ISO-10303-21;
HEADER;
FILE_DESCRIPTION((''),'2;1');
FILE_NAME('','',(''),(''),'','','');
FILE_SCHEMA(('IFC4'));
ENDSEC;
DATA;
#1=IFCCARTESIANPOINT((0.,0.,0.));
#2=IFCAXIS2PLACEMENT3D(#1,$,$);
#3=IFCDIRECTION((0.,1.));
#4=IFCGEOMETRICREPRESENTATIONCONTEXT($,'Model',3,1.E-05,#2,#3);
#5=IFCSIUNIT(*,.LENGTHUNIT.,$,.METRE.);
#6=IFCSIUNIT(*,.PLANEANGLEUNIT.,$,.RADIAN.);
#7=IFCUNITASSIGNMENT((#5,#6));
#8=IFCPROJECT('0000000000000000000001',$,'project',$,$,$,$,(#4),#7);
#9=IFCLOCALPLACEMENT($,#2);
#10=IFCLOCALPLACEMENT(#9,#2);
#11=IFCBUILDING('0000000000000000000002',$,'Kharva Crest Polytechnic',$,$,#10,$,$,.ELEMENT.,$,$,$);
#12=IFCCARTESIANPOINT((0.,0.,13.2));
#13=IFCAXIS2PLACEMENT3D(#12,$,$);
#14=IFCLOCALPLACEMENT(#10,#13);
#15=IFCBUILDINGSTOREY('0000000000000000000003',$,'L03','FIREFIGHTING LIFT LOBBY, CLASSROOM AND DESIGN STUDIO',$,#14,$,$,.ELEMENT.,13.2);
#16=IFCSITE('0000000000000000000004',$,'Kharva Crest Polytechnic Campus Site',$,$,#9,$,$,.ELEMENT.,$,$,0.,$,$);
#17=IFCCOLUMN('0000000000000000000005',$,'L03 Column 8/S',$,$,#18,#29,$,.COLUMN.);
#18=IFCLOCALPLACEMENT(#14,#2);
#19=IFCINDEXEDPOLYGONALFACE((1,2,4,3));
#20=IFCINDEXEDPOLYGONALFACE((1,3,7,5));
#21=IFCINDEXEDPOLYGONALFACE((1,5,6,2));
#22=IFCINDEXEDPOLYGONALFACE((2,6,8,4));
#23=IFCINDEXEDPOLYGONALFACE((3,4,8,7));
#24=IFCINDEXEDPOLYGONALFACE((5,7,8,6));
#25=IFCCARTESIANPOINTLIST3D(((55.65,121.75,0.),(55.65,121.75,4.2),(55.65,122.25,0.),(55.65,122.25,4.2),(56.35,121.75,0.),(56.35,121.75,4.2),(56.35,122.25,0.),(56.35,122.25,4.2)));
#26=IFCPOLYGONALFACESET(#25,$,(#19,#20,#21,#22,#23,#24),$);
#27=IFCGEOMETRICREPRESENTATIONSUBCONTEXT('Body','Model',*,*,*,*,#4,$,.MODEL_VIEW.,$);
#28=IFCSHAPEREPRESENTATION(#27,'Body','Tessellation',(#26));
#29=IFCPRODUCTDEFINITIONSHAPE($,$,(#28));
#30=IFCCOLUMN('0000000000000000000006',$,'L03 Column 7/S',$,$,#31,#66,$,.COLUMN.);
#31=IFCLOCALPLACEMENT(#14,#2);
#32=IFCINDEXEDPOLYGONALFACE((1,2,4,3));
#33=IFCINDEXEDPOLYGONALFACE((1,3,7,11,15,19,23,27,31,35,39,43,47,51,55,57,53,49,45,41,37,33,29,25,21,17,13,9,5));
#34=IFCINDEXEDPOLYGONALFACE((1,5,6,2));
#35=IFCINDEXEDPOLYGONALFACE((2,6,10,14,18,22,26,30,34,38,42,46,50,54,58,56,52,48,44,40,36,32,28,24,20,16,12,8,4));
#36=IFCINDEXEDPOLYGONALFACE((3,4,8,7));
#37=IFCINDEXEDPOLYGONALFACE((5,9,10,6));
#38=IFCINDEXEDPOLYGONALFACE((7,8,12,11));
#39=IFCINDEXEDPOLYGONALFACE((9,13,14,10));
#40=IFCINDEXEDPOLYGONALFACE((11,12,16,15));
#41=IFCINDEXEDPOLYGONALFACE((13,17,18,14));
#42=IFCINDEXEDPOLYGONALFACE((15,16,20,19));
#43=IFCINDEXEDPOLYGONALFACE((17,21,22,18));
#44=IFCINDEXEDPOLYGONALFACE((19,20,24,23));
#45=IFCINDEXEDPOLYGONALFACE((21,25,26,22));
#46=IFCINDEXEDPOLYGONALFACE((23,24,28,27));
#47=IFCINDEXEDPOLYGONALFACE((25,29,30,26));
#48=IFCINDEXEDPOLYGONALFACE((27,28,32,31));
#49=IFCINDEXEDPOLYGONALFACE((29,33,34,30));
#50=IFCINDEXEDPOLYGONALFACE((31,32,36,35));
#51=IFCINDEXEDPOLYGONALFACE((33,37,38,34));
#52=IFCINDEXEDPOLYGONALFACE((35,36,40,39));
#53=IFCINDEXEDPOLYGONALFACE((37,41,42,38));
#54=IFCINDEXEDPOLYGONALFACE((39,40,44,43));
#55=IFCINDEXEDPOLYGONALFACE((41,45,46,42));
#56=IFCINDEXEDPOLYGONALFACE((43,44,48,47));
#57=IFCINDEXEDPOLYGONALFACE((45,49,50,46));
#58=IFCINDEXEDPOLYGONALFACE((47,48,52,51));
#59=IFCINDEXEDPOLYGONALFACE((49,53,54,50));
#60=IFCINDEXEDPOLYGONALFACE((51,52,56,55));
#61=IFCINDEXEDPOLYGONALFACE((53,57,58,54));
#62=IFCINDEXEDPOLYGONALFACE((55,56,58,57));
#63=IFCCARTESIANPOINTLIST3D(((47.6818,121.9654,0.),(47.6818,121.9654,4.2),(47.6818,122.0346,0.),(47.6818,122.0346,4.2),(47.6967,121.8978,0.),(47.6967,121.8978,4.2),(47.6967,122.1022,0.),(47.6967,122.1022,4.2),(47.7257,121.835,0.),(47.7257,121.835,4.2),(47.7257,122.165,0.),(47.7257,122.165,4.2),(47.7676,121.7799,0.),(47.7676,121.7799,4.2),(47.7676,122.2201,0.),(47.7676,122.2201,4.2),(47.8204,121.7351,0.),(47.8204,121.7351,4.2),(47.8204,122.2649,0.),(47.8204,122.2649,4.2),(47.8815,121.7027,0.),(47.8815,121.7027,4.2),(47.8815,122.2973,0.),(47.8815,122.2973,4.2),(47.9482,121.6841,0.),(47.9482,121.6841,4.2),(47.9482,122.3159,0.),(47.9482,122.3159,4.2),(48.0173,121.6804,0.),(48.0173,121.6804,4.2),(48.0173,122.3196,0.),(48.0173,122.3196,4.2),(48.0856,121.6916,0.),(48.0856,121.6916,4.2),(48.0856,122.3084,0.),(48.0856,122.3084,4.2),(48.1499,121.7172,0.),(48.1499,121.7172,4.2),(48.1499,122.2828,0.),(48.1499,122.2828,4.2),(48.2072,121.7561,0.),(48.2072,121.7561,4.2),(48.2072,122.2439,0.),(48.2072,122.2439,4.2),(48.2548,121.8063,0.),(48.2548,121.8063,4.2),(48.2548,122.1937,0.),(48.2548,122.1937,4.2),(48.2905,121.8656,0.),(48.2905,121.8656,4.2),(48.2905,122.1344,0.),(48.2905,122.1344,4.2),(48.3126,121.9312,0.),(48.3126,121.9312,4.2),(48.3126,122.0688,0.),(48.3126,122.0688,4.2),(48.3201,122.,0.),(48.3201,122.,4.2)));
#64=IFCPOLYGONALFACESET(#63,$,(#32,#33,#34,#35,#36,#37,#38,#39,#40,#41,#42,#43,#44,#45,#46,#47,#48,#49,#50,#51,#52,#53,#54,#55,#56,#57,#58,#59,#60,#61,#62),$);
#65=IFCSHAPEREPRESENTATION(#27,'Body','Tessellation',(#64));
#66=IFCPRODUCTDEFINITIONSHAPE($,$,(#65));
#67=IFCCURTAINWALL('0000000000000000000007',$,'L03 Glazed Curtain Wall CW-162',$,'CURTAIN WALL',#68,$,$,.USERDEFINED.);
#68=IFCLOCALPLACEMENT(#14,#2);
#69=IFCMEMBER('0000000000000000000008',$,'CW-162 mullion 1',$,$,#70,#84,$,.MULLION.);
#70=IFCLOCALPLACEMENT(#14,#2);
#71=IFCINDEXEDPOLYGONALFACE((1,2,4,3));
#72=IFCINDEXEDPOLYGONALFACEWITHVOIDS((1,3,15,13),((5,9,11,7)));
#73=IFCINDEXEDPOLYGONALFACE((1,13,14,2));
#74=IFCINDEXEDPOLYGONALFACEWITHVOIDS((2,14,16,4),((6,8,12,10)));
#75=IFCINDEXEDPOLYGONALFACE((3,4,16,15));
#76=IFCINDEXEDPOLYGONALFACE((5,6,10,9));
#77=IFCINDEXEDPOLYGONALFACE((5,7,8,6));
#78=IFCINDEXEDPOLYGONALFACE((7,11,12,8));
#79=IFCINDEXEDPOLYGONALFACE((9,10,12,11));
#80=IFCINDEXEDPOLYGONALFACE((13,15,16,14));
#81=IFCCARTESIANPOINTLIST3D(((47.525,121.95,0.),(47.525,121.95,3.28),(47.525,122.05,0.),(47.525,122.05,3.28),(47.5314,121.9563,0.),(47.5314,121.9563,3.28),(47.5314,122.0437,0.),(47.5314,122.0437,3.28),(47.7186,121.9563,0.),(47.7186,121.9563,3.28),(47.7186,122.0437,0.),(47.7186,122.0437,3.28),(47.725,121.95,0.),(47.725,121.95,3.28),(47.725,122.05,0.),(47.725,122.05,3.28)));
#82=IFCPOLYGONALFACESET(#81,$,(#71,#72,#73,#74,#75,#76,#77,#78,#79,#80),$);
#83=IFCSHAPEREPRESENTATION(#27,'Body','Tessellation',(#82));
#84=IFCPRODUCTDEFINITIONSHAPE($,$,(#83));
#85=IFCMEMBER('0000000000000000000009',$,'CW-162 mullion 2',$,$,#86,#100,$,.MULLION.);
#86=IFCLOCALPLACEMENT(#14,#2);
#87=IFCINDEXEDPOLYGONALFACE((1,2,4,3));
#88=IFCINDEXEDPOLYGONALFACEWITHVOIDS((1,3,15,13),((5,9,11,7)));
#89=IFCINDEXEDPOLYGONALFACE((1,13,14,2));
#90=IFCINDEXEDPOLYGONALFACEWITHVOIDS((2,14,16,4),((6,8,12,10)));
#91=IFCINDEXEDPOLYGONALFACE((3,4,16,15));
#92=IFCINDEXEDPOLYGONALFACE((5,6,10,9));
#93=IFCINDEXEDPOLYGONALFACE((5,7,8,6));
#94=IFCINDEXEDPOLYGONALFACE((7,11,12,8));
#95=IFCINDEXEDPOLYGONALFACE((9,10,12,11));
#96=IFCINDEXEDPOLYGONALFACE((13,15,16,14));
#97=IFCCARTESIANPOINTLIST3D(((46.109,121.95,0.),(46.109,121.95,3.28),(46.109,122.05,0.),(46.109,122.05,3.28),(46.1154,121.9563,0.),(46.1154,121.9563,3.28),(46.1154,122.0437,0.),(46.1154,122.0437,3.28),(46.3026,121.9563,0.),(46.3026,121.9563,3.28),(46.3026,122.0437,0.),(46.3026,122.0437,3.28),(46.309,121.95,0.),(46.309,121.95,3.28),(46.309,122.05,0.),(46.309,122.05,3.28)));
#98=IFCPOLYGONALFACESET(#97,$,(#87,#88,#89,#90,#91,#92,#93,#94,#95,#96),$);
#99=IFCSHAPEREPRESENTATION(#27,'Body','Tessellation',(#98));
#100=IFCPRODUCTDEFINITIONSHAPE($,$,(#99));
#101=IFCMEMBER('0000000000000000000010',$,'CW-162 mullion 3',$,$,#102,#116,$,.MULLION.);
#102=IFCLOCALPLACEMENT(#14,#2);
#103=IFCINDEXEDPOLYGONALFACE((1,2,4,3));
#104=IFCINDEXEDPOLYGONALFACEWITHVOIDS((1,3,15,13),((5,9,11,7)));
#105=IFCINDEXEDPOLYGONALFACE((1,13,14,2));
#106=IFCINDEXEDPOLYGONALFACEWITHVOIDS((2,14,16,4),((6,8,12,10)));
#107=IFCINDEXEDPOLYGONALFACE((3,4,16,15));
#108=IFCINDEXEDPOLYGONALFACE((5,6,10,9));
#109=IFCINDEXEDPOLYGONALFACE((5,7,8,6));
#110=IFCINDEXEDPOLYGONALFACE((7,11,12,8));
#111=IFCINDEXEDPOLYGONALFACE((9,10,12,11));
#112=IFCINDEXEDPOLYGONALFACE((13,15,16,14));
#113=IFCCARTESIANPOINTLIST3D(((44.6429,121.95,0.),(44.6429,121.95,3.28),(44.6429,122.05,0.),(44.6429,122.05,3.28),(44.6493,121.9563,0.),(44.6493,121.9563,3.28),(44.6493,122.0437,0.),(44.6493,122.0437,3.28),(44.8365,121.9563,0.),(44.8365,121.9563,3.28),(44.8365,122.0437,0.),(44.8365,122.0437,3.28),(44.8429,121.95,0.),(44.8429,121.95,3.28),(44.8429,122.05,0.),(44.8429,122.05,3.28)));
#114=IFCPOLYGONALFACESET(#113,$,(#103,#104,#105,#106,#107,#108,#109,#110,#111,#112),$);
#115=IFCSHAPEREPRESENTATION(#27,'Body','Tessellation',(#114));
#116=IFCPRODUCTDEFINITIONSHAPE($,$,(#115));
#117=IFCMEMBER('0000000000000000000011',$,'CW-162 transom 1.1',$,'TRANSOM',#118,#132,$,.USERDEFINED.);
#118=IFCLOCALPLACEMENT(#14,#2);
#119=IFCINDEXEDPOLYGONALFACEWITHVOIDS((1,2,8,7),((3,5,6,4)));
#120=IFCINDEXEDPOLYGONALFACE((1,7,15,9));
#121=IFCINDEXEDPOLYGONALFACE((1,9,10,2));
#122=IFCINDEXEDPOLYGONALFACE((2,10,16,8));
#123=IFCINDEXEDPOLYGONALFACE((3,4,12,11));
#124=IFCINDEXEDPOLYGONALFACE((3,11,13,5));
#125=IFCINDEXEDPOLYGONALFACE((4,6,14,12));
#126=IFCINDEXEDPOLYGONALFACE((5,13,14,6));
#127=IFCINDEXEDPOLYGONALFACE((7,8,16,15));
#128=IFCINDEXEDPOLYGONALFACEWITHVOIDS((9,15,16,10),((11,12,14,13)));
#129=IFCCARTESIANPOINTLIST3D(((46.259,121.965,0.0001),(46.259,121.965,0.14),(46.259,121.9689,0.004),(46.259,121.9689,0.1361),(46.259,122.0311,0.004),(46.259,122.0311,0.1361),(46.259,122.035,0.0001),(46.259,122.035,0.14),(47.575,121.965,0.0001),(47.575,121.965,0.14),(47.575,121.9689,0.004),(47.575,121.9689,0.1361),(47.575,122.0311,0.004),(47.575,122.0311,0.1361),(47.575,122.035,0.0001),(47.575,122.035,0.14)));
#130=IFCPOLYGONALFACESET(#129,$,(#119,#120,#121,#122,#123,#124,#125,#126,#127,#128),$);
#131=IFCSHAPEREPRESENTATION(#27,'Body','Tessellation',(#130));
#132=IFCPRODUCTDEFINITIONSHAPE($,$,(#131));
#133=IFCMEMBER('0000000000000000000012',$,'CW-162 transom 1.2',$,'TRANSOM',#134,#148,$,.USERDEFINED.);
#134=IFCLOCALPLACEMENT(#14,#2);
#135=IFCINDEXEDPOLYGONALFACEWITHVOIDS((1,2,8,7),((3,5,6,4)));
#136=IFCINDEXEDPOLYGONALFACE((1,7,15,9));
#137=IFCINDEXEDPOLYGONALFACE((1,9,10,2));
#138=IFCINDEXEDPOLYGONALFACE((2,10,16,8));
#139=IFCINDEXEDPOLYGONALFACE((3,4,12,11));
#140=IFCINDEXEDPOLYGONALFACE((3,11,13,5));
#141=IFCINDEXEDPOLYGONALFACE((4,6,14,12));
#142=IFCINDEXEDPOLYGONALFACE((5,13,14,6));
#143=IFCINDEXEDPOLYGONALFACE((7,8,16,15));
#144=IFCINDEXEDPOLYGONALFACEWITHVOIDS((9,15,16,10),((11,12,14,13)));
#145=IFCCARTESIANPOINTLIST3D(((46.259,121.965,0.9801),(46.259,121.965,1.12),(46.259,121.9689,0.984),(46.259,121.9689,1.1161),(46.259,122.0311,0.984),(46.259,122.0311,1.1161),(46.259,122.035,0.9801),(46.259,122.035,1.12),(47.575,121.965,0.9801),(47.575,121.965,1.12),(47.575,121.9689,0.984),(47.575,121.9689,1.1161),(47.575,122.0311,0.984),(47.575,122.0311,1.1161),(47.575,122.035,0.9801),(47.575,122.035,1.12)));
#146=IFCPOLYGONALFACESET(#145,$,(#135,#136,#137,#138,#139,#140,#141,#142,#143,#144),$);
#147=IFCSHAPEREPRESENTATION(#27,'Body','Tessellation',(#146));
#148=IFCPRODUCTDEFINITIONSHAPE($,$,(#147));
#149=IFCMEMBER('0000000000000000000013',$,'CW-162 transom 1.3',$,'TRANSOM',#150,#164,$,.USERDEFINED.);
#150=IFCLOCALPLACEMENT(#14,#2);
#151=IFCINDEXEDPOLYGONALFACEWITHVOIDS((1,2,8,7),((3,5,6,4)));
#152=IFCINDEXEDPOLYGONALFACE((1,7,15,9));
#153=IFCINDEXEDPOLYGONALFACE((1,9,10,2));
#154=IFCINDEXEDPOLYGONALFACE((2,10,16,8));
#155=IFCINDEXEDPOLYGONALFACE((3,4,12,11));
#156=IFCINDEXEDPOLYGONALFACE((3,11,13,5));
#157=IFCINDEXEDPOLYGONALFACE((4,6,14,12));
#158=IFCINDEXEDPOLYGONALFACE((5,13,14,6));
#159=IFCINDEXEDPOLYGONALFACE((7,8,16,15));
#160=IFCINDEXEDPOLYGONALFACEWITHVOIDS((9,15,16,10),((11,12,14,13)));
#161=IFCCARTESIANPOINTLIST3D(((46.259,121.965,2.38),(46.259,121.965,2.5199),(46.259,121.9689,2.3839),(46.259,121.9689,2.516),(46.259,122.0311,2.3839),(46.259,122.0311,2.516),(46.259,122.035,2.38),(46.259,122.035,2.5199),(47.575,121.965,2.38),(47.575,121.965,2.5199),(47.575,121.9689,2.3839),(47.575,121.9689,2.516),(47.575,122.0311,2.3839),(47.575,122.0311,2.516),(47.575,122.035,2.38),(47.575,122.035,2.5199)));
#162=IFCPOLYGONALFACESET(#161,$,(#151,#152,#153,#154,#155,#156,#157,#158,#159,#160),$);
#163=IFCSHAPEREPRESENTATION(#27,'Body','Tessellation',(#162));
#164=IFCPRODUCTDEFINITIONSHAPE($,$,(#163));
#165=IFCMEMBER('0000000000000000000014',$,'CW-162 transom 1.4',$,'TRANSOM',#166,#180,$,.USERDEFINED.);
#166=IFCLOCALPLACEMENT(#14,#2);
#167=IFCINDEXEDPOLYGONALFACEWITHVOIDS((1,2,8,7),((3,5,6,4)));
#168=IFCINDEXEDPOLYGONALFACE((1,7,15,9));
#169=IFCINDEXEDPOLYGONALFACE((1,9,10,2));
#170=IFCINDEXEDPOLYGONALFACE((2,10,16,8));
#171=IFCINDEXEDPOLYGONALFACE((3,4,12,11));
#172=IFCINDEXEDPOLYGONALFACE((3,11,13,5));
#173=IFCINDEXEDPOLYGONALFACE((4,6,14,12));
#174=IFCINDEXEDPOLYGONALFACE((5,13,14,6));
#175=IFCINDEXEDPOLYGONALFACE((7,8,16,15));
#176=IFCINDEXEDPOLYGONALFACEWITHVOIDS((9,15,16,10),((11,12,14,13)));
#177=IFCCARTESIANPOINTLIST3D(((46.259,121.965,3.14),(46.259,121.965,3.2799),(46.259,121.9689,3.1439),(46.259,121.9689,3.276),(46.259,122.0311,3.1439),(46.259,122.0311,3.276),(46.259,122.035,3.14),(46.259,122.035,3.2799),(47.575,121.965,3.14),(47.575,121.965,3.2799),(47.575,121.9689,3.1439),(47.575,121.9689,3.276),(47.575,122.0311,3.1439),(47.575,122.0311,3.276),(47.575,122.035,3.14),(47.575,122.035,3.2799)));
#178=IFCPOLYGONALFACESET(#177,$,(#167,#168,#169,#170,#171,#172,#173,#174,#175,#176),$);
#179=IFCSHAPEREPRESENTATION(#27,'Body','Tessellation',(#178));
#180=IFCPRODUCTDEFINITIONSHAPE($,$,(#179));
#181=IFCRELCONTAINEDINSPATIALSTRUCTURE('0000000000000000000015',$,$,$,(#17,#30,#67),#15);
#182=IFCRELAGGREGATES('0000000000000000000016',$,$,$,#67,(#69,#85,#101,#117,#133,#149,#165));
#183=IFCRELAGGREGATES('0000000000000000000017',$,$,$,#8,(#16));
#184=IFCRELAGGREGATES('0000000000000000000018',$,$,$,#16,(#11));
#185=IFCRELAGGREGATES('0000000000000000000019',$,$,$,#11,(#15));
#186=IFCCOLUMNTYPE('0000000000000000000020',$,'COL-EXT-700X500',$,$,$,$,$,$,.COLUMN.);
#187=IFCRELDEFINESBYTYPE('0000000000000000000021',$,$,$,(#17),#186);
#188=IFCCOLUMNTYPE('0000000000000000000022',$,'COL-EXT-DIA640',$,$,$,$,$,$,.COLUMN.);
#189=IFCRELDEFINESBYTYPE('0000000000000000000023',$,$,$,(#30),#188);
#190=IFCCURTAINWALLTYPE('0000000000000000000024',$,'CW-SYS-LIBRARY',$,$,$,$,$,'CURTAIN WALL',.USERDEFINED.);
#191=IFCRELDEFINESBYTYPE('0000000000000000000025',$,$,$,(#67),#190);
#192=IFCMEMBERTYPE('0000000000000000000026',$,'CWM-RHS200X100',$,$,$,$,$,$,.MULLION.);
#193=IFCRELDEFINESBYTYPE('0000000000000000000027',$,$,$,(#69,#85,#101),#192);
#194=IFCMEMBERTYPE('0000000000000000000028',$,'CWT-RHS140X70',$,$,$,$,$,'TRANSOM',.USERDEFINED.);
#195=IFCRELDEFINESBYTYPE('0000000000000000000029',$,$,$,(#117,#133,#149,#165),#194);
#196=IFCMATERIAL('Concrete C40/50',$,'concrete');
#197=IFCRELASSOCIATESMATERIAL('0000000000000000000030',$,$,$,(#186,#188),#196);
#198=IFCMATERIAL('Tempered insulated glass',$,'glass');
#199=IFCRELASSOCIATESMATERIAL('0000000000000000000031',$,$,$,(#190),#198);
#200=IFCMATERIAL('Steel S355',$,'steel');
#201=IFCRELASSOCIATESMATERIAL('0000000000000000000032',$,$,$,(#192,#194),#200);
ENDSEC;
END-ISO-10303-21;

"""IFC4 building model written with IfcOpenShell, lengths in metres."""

from ifc_helpers import new_model, si_unit, direction, frame, origin, origin_2d, place, context, subcontext, project, spatial, rectangle, hollow_rectangle, circle, extrude, material, material_profile, profile_set, type_object, element, aggregate, save


model = new_model("IFC4")

# Units and contexts
model_context = context("Model", 3, precision=1e-05, world=origin(), true_north=direction((0.0, 1.0)))
body_context = subcontext(model_context, "Body", "Model", "MODEL_VIEW")
ifc_project = project(units=[si_unit("LENGTHUNIT", "METRE"), si_unit("PLANEANGLEUNIT", "RADIAN")], contexts=[model_context])

# Site, building, storey
site_placement = place(None, origin())
site = spatial("IfcSite", under=ifc_project, at=site_placement, Name="Kharva Crest Polytechnic Campus Site", CompositionType="ELEMENT", RefElevation=0.0)
building_placement = place(site_placement, origin())
building = spatial("IfcBuilding", under=site, at=building_placement, Name="Kharva Crest Polytechnic", CompositionType="ELEMENT")
storey_placement = place(building_placement, frame((0.0, 0.0, 13.2)))
storey = spatial("IfcBuildingStorey", under=building, at=storey_placement, Name="L03", Description="FIREFIGHTING LIFT LOBBY, CLASSROOM AND DESIGN STUDIO", CompositionType="ELEMENT", Elevation=13.2)

# Columns
ifc_material_1 = material(Name="Concrete C40/50", Category="concrete")
ifc_material_profile_1 = material_profile(ifc_material_1, rectangle(XDim=0.7, YDim=0.5, at=origin_2d()), Name="RECT 700 X 500")
ifc_profile_set_1 = profile_set([ifc_material_profile_1], Name="Concrete C40/50")
column_type_1 = type_object("IfcColumnType", Name="COL-EXT-700X500", PredefinedType="COLUMN", material=ifc_profile_set_1)
column_1_placement = place(storey_placement, frame((56.0, 122.0, 0.0), z_axis=(0.0, 0.0, 1.0), x_axis=(1.0, 0.0, 0.0)))
element("IfcColumn", 1, at=column_1_placement, inside=storey, type_object=column_type_1, Name="L03 Column 8/S", PredefinedType="COLUMN", context=body_context, shape_type="SweptSolid", body=[
    extrude(rectangle(XDim=0.7, YDim=0.5, at=origin_2d()), origin(), (0.0, 0.0, 1.0), 4.2),
])
ifc_material_profile_2 = material_profile(ifc_material_1, circle(Radius=0.3201, at=origin_2d()), Name="DIA 640")
ifc_profile_set_2 = profile_set([ifc_material_profile_2], Name="Concrete C40/50")
column_type_2 = type_object("IfcColumnType", Name="COL-EXT-DIA640", PredefinedType="COLUMN", material=ifc_profile_set_2)
column_2_placement = place(storey_placement, frame((48.0, 122.0, 0.0), z_axis=(0.0, 0.0, 1.0), x_axis=(1.0, 0.0, 0.0)))
element("IfcColumn", 2, at=column_2_placement, inside=storey, type_object=column_type_2, Name="L03 Column 7/S", PredefinedType="COLUMN", context=body_context, shape_type="SweptSolid", body=[
    extrude(circle(Radius=0.3201, at=origin_2d()), origin(), (0.0, 0.0, 1.0), 4.2),
])

# Curtain wall, members
ifc_material_2 = material(Name="Tempered insulated glass", Category="glass")
curtain_wall_type = type_object("IfcCurtainWallType", Name="CW-SYS-LIBRARY", ElementType="CURTAIN WALL", PredefinedType="USERDEFINED", material=ifc_material_2)
curtain_wall_placement = place(storey_placement, origin())
curtain_wall = element("IfcCurtainWall", 3, at=curtain_wall_placement, inside=storey, type_object=curtain_wall_type, Name="L03 Glazed Curtain Wall CW-162", ObjectType="CURTAIN WALL", PredefinedType="USERDEFINED")
ifc_material_3 = material(Name="Steel S355", Category="steel")
ifc_material_profile_3 = material_profile(ifc_material_3, hollow_rectangle(XDim=0.1001, YDim=0.2, WallThickness=0.0063, at=origin_2d()), Name="RHS 200X100X6.3")
ifc_profile_set_3 = profile_set([ifc_material_profile_3], Name="Steel S355")
member_type_1 = type_object("IfcMemberType", Name="CWM-RHS200X100", PredefinedType="MULLION", material=ifc_profile_set_3)
member_1_placement = place(storey_placement, frame((47.625, 122.0, 0.0), z_axis=(0.0, 0.0, 1.0), x_axis=(0.0, -1.0, 0.0)))
member_1 = element("IfcMember", 4, at=member_1_placement, type_object=member_type_1, Name="CW-162 mullion 1", PredefinedType="MULLION", context=body_context, shape_type="SweptSolid", body=[
    extrude(hollow_rectangle(XDim=0.1001, YDim=0.2, WallThickness=0.0063, at=origin_2d()), origin(), (0.0, 0.0, 1.0), 3.28),
])
member_2_placement = place(storey_placement, frame((46.209, 122.0, 0.0), z_axis=(0.0, 0.0, 1.0), x_axis=(0.0, -1.0, 0.0)))
member_2 = element("IfcMember", 5, at=member_2_placement, type_object=member_type_1, Name="CW-162 mullion 2", PredefinedType="MULLION", context=body_context, shape_type="SweptSolid", body=[
    extrude(hollow_rectangle(XDim=0.1001, YDim=0.2, WallThickness=0.0063, at=origin_2d()), origin(), (0.0, 0.0, 1.0), 3.28),
])
member_3_placement = place(storey_placement, frame((44.7429, 122.0, 0.0), z_axis=(0.0, 0.0, 1.0), x_axis=(0.0, -1.0, 0.0)))
member_3 = element("IfcMember", 6, at=member_3_placement, type_object=member_type_1, Name="CW-162 mullion 3", PredefinedType="MULLION", context=body_context, shape_type="SweptSolid", body=[
    extrude(hollow_rectangle(XDim=0.1001, YDim=0.2, WallThickness=0.0063, at=origin_2d()), origin(), (0.0, 0.0, 1.0), 3.28),
])
ifc_material_profile_4 = material_profile(ifc_material_3, hollow_rectangle(XDim=0.0701, YDim=0.1399, WallThickness=0.0039, at=origin_2d()), Name="RHS 140X70X4.0")
ifc_profile_set_4 = profile_set([ifc_material_profile_4], Name="Steel S355")
member_type_2 = type_object("IfcMemberType", Name="CWT-RHS140X70", ElementType="TRANSOM", PredefinedType="USERDEFINED", material=ifc_profile_set_4)
member_4_placement = place(storey_placement, frame((47.575, 122.0, 0.0701), z_axis=(-1.0, 0.0, 0.0), x_axis=(0.0, -1.0, 0.0)))
member_4 = element("IfcMember", 7, at=member_4_placement, type_object=member_type_2, Name="CW-162 transom 1.1", ObjectType="TRANSOM", PredefinedType="USERDEFINED", context=body_context, shape_type="SweptSolid", body=[
    extrude(hollow_rectangle(XDim=0.0701, YDim=0.1399, WallThickness=0.0039, at=origin_2d()), origin(), (0.0, 0.0, 1.0), 1.3159),
])
member_5_placement = place(storey_placement, frame((47.575, 122.0, 1.05), z_axis=(-1.0, 0.0, 0.0), x_axis=(0.0, -1.0, 0.0)))
member_5 = element("IfcMember", 8, at=member_5_placement, type_object=member_type_2, Name="CW-162 transom 1.2", ObjectType="TRANSOM", PredefinedType="USERDEFINED", context=body_context, shape_type="SweptSolid", body=[
    extrude(hollow_rectangle(XDim=0.0701, YDim=0.1399, WallThickness=0.0039, at=origin_2d()), origin(), (0.0, 0.0, 1.0), 1.3159),
])
member_6_placement = place(storey_placement, frame((47.575, 122.0, 2.45), z_axis=(-1.0, 0.0, 0.0), x_axis=(0.0, -1.0, 0.0)))
member_6 = element("IfcMember", 9, at=member_6_placement, type_object=member_type_2, Name="CW-162 transom 1.3", ObjectType="TRANSOM", PredefinedType="USERDEFINED", context=body_context, shape_type="SweptSolid", body=[
    extrude(hollow_rectangle(XDim=0.0701, YDim=0.1399, WallThickness=0.0039, at=origin_2d()), origin(), (0.0, 0.0, 1.0), 1.3159),
])
member_7_placement = place(storey_placement, frame((47.575, 122.0, 3.21), z_axis=(-1.0, 0.0, 0.0), x_axis=(0.0, -1.0, 0.0)))
member_7 = element("IfcMember", 10, at=member_7_placement, type_object=member_type_2, Name="CW-162 transom 1.4", ObjectType="TRANSOM", PredefinedType="USERDEFINED", context=body_context, shape_type="SweptSolid", body=[
    extrude(hollow_rectangle(XDim=0.0701, YDim=0.1399, WallThickness=0.0039, at=origin_2d()), origin(), (0.0, 0.0, 1.0), 1.3159),
])

aggregate(curtain_wall, [member_1, member_2, member_3, member_4, member_5, member_6, member_7])

save(model, "model.ifc")
